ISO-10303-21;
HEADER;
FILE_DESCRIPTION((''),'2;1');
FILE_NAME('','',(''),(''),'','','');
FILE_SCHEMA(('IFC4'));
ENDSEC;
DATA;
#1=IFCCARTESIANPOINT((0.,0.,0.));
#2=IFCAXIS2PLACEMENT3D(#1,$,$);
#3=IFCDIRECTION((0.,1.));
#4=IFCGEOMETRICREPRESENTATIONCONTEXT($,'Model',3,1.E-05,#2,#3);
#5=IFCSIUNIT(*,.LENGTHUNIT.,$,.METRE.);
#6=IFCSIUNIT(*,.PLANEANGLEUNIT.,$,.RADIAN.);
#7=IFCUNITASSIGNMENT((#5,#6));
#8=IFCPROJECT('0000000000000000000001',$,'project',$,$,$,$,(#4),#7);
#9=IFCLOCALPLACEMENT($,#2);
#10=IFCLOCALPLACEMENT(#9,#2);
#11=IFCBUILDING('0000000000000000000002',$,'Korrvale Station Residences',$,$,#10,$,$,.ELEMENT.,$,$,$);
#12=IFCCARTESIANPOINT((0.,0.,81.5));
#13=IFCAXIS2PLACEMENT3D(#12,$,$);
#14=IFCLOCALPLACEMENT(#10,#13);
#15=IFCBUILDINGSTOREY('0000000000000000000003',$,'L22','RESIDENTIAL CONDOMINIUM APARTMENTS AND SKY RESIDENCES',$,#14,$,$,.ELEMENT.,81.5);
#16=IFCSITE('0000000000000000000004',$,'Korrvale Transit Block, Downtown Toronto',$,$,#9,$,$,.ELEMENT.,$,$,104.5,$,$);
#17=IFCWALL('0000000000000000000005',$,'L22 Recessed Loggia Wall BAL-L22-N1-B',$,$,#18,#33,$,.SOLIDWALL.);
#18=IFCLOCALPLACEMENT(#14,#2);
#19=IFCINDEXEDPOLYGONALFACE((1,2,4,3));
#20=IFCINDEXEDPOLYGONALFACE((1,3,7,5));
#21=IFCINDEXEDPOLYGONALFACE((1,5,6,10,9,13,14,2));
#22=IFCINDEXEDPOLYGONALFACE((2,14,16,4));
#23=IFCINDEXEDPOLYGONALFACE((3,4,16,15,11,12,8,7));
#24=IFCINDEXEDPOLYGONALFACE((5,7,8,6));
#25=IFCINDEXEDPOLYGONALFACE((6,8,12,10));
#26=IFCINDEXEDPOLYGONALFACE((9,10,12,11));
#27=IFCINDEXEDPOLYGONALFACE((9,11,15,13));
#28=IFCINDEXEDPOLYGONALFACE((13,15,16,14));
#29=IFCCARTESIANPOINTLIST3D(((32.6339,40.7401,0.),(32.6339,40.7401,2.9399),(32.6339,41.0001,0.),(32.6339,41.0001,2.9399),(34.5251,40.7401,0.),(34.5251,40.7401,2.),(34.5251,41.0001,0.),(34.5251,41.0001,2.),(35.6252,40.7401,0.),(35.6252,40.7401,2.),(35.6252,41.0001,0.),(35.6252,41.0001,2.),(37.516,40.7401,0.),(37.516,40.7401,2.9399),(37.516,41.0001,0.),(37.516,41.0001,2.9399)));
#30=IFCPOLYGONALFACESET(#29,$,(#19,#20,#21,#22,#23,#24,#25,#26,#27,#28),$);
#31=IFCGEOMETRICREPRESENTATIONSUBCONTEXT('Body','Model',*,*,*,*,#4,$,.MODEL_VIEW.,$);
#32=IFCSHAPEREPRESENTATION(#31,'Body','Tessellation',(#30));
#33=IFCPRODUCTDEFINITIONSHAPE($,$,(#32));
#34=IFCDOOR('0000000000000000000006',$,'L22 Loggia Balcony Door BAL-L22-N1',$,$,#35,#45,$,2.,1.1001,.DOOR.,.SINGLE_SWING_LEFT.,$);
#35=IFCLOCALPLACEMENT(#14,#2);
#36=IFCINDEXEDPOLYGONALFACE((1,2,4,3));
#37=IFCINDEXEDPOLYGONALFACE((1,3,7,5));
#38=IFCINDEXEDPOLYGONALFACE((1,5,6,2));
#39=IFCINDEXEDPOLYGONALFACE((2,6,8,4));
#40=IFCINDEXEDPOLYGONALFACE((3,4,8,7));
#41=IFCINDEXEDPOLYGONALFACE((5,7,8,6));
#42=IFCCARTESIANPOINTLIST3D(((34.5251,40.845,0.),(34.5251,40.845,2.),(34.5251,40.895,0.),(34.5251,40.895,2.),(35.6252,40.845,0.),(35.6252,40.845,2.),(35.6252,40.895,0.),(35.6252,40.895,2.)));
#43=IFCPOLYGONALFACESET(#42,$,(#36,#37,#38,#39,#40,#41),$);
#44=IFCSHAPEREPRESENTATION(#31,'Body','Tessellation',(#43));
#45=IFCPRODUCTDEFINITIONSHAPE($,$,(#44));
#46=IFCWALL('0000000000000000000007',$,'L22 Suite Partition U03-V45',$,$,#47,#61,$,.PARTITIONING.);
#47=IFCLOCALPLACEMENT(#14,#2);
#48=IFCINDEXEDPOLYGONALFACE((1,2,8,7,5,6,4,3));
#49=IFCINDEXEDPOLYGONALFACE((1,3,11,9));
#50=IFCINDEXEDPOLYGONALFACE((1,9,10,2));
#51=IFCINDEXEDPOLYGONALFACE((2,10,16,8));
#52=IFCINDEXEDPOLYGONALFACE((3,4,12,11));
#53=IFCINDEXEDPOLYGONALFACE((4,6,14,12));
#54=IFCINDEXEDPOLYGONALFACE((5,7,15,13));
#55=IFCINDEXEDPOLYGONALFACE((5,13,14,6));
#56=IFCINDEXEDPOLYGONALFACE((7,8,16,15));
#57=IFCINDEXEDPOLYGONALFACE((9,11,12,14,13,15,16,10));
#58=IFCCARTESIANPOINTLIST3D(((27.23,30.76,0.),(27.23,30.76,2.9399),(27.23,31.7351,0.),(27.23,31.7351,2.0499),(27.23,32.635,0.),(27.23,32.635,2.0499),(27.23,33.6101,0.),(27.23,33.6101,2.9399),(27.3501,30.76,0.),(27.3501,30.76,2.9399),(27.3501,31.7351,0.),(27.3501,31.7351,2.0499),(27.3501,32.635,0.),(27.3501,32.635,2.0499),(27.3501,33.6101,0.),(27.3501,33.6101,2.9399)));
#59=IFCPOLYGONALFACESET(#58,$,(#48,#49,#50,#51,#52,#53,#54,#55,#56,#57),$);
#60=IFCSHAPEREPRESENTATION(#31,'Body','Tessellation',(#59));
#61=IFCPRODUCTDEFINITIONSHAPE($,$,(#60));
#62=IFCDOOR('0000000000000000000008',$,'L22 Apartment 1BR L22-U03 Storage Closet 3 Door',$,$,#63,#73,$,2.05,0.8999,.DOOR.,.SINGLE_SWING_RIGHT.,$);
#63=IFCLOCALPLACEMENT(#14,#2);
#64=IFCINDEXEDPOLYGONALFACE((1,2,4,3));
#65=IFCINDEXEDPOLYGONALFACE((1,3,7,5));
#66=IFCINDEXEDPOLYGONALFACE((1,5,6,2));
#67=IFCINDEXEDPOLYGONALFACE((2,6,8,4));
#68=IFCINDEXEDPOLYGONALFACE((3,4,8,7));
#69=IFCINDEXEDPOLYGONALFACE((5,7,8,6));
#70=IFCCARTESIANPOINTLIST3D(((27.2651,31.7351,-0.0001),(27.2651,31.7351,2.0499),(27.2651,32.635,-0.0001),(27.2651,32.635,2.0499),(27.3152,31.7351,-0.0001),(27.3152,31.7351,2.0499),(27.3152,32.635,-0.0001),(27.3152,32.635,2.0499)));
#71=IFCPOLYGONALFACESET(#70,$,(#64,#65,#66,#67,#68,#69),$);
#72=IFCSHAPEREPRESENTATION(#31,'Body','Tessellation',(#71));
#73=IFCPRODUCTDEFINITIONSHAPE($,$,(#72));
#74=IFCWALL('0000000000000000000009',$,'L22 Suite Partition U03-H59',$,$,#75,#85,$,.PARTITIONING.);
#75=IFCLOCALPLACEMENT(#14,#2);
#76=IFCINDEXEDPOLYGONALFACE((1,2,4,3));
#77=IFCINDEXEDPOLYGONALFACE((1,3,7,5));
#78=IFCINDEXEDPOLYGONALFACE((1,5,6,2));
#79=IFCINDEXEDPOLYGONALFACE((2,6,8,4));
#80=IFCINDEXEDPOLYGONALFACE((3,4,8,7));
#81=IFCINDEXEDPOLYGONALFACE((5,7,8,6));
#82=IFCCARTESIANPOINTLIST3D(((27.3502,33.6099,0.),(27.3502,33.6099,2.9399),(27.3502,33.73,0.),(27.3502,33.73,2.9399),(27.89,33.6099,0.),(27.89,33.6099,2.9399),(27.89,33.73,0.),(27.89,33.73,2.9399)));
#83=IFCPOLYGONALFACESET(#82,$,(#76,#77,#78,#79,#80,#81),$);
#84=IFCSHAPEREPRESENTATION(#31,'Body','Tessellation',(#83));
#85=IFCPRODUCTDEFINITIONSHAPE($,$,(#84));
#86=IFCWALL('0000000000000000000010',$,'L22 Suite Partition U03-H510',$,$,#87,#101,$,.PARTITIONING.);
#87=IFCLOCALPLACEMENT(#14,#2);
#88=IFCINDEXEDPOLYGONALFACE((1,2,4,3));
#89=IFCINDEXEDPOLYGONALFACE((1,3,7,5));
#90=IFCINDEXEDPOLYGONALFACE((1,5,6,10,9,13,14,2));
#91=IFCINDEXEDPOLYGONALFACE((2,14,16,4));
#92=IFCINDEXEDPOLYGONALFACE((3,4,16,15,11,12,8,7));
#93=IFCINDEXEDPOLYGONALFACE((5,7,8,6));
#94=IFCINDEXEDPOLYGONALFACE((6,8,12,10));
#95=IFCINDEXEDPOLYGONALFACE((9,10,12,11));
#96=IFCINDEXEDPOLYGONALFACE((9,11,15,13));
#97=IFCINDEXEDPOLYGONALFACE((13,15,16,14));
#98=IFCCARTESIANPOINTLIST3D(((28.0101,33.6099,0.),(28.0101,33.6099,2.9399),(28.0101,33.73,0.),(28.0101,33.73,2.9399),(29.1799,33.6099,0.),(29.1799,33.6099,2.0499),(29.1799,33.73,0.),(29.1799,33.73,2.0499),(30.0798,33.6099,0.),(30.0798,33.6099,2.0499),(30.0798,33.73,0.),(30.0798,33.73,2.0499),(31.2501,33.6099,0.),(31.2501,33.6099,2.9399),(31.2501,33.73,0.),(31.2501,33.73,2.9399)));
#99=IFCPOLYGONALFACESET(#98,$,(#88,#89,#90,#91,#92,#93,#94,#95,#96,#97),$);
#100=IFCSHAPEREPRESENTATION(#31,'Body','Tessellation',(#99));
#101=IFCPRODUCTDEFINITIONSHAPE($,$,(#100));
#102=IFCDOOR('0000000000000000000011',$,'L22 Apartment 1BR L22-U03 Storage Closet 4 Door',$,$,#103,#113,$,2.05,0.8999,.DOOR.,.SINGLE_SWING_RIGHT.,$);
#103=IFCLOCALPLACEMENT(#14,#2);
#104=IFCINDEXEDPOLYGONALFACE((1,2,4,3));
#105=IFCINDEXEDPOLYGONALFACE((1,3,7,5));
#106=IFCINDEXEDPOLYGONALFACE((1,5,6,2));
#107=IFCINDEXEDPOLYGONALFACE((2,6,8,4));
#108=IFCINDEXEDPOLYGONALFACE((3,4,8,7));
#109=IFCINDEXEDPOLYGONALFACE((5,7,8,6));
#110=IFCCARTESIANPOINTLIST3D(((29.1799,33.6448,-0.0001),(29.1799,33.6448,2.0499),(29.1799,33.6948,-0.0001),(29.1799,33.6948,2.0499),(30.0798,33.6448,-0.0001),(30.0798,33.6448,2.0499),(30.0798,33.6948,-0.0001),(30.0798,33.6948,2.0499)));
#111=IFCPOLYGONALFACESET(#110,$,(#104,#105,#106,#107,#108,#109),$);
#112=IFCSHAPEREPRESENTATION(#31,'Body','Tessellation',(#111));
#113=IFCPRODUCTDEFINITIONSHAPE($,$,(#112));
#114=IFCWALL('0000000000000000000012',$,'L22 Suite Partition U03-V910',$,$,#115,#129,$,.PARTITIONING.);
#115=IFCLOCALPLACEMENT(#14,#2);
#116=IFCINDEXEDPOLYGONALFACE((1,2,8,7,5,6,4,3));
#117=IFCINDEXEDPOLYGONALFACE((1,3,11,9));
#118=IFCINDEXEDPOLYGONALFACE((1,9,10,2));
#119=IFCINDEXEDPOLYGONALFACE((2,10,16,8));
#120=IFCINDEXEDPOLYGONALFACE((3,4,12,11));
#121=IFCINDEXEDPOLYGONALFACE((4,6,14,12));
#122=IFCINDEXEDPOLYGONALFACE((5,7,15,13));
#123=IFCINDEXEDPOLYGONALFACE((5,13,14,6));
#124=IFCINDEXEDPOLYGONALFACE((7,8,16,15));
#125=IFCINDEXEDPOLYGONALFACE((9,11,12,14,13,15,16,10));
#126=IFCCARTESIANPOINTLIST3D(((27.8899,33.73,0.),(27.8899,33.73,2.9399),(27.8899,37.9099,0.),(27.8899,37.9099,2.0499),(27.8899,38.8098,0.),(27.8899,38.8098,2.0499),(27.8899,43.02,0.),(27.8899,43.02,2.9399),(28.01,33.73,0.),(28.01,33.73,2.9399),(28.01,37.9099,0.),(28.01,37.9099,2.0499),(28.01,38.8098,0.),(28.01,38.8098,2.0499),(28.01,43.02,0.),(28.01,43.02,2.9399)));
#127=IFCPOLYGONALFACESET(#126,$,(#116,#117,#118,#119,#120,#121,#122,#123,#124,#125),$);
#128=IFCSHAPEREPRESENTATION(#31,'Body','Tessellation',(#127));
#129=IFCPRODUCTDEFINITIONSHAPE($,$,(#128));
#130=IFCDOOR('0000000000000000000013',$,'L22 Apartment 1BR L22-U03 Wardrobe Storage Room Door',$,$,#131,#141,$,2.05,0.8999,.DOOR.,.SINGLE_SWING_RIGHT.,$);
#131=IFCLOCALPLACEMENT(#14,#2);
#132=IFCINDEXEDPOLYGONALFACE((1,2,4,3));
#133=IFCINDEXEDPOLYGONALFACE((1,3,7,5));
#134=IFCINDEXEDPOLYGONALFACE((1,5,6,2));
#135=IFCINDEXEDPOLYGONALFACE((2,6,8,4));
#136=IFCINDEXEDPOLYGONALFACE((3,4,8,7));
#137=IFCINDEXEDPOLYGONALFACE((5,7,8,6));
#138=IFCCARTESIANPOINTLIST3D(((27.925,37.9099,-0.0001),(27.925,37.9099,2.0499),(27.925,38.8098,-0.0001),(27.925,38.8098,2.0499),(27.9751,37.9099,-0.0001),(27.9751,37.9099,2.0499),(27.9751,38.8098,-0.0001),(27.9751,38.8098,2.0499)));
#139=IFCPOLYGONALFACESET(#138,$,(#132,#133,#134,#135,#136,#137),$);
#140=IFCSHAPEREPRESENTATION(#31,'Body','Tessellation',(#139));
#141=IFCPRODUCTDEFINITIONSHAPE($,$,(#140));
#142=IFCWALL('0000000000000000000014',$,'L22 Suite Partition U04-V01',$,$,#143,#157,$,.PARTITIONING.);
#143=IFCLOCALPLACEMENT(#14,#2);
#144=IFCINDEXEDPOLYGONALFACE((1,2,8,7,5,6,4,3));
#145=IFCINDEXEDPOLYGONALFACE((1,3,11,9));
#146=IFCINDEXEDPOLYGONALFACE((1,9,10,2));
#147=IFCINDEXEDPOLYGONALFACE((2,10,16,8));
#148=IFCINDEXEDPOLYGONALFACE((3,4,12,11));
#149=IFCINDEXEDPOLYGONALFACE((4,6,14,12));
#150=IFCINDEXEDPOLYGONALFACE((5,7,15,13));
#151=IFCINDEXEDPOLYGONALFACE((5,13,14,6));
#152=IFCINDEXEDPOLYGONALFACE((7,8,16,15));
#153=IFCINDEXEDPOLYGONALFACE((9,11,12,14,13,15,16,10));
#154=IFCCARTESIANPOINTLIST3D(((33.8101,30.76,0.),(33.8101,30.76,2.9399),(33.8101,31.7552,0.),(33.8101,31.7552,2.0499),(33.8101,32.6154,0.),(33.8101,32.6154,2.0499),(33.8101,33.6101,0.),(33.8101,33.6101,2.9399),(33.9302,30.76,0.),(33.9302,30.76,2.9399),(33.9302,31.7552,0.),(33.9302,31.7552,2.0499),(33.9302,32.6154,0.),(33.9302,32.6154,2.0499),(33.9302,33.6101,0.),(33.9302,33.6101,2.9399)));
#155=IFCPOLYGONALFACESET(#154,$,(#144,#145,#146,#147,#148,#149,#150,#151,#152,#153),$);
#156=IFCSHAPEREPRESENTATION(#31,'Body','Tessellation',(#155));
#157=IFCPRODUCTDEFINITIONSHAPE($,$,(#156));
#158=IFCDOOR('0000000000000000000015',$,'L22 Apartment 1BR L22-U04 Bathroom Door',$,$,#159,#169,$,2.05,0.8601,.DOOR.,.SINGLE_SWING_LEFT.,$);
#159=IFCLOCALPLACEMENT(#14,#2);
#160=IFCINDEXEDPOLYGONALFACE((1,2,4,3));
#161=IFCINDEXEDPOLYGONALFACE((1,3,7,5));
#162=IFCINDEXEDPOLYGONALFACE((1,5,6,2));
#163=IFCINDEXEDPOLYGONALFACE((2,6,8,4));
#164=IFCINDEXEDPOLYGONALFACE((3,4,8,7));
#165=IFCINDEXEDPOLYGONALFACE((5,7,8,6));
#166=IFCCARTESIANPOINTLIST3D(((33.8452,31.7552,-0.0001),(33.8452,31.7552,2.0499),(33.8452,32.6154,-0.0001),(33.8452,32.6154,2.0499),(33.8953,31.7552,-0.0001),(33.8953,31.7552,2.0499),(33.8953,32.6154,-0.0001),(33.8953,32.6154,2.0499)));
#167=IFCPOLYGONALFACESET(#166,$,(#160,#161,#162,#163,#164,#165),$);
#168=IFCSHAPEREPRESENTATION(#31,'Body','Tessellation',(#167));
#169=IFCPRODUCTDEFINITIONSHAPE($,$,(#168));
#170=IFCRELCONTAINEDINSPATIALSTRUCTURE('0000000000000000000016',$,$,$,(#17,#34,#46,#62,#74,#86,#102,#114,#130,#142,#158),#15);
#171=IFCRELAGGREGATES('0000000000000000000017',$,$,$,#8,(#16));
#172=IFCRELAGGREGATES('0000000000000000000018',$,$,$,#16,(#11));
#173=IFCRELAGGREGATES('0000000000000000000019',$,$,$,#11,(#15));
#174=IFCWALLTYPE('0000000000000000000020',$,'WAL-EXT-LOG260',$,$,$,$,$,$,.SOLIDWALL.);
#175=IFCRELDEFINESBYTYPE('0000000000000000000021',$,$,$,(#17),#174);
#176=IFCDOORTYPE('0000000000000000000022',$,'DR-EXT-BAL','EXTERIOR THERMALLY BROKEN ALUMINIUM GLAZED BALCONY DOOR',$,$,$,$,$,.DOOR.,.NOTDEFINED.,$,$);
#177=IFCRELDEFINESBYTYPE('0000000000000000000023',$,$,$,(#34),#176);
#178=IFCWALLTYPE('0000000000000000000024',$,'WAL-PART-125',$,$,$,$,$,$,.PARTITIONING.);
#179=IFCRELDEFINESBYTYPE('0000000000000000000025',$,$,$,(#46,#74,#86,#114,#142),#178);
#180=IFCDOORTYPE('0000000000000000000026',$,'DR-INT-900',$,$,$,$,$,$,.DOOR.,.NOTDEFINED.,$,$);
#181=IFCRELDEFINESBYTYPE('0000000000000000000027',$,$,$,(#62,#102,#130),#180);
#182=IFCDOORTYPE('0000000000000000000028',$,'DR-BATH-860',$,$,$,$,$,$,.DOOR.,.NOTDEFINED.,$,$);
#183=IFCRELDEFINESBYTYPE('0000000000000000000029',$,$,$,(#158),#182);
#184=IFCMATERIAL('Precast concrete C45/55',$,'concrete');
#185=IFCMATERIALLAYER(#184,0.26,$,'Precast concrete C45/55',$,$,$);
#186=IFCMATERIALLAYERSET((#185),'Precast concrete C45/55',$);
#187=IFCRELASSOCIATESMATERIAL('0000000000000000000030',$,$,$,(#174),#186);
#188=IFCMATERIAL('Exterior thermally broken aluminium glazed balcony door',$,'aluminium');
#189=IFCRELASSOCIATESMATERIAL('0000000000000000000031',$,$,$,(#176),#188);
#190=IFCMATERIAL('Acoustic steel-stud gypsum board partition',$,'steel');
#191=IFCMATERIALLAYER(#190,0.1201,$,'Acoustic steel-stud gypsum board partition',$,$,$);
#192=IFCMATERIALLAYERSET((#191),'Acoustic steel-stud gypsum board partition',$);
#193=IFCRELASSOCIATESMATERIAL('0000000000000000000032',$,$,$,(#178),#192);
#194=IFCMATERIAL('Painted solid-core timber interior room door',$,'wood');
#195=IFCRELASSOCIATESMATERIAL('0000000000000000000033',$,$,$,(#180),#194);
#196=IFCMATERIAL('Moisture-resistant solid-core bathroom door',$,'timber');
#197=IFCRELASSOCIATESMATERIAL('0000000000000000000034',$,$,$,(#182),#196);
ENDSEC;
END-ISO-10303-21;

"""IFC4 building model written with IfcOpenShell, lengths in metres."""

from ifc_helpers import new_model, si_unit, direction, frame, frame_2d, origin, place, context, subcontext, project, spatial, rectangle, extrude, material, layer, layer_set, type_object, element, fill, save


model = new_model("IFC4")

# Units and contexts
model_context = context("Model", 3, precision=1e-05, world=origin(), true_north=direction((0.0, 1.0)))
body_context = subcontext(model_context, "Body", "Model", "MODEL_VIEW")
ifc_project = project(units=[si_unit("LENGTHUNIT", "METRE"), si_unit("PLANEANGLEUNIT", "RADIAN")], contexts=[model_context])

# Site, building, storey
site_placement = place(None, origin())
site = spatial("IfcSite", under=ifc_project, at=site_placement, Name="Korrvale Transit Block, Downtown Toronto", CompositionType="ELEMENT", RefElevation=104.5)
building_placement = place(site_placement, origin())
building = spatial("IfcBuilding", under=site, at=building_placement, Name="Korrvale Station Residences", CompositionType="ELEMENT")
storey_placement = place(building_placement, frame((0.0, 0.0, 81.5)))
storey = spatial("IfcBuildingStorey", under=building, at=storey_placement, Name="L22", Description="RESIDENTIAL CONDOMINIUM APARTMENTS AND SKY RESIDENCES", CompositionType="ELEMENT", Elevation=81.5)

# Shared definitions
ifc_material_1 = material(Name="Precast concrete C45/55", Category="concrete")
ifc_layer_1 = layer(ifc_material_1, 0.26, Name="Precast concrete C45/55")
ifc_layer_set_1 = layer_set([ifc_layer_1], Name="Precast concrete C45/55")
wall_type_1 = type_object("IfcWallType", Name="WAL-EXT-LOG260", PredefinedType="SOLIDWALL", material=ifc_layer_set_1)

# Walls, openings, doors
wall_1_placement = place(storey_placement, frame((32.634, 40.8701, 0.0), z_axis=(0.0, 0.0, 1.0), x_axis=(1.0, 0.0, 0.0)))
wall_1 = element("IfcWall", 1, at=wall_1_placement, inside=storey, type_object=wall_type_1, Name="L22 Recessed Loggia Wall BAL-L22-N1-B", PredefinedType="SOLIDWALL", context=body_context, shape_type="SweptSolid", body=[
    extrude(rectangle(XDim=4.8821, YDim=0.26, at=frame_2d((2.4409, 0.0))), origin(), (0.0, 0.0, 1.0), 2.9399),
])
opening_1_placement = place(wall_1_placement, frame((1.8911, 0.0, 0.0)))
opening_1 = element("IfcOpeningElement", 2, at=opening_1_placement, cuts=wall_1, PredefinedType="OPENING", context=body_context, shape_type="SweptSolid", body=[
    extrude(rectangle(XDim=1.1001, YDim=2.0, at=frame_2d((0.55, 1.0))), frame((0.0, 0.1401, 0.0), z_axis=(0.0, -1.0, 0.0), x_axis=(1.0, 0.0, 0.0)), (0.0, 0.0, 1.0), 0.28),
])
ifc_material_2 = material(Name="Exterior thermally broken aluminium glazed balcony door", Category="aluminium")
door_type_1 = type_object("IfcDoorType", Name="DR-EXT-BAL", Description="EXTERIOR THERMALLY BROKEN ALUMINIUM GLAZED BALCONY DOOR", OperationType="NOTDEFINED", PredefinedType="DOOR", material=ifc_material_2)
door_1_placement = place(opening_1_placement, origin())
door_1 = element("IfcDoor", 3, at=door_1_placement, inside=storey, type_object=door_type_1, Name="L22 Loggia Balcony Door BAL-L22-N1", OperationType="SINGLE_SWING_LEFT", OverallHeight=2.0, OverallWidth=1.1001, PredefinedType="DOOR", context=body_context, shape_type="SweptSolid", body=[
    extrude(rectangle(XDim=1.1001, YDim=2.0, at=frame_2d((0.55, 1.0))), frame((0.0, 0.0249, 0.0), z_axis=(0.0, -1.0, 0.0), x_axis=(1.0, 0.0, 0.0)), (0.0, 0.0, 1.0), 0.05),
])
fill(opening_1, door_1)
ifc_material_3 = material(Name="Acoustic steel-stud gypsum board partition", Category="steel")
ifc_layer_2 = layer(ifc_material_3, 0.1201, Name="Acoustic steel-stud gypsum board partition")
ifc_layer_set_2 = layer_set([ifc_layer_2], Name="Acoustic steel-stud gypsum board partition")
wall_type_2 = type_object("IfcWallType", Name="WAL-PART-125", PredefinedType="PARTITIONING", material=ifc_layer_set_2)
wall_2_placement = place(storey_placement, frame((27.29, 30.76, 0.0), z_axis=(0.0, 0.0, 1.0), x_axis=(0.0, 1.0, 0.0)))
wall_2 = element("IfcWall", 4, at=wall_2_placement, inside=storey, type_object=wall_type_2, Name="L22 Suite Partition U03-V45", PredefinedType="PARTITIONING", context=body_context, shape_type="SweptSolid", body=[
    extrude(rectangle(XDim=2.8501, YDim=0.1201, at=frame_2d((1.425, 0.0))), origin(), (0.0, 0.0, 1.0), 2.9399),
])
opening_2_placement = place(wall_2_placement, frame((0.9751, 0.0, 0.0)))
opening_2 = element("IfcOpeningElement", 5, at=opening_2_placement, cuts=wall_2, PredefinedType="OPENING", context=body_context, shape_type="SweptSolid", body=[
    extrude(rectangle(XDim=0.8999, YDim=2.05, at=frame_2d((0.45, 1.0249))), frame((0.0, 0.0701, 0.0), z_axis=(0.0, -1.0, 0.0), x_axis=(1.0, 0.0, 0.0)), (0.0, 0.0, 1.0), 0.1401),
])
ifc_material_4 = material(Name="Painted solid-core timber interior room door", Category="wood")
door_type_2 = type_object("IfcDoorType", Name="DR-INT-900", OperationType="NOTDEFINED", PredefinedType="DOOR", material=ifc_material_4)
door_2_placement = place(opening_2_placement, origin())
door_2 = element("IfcDoor", 6, at=door_2_placement, inside=storey, type_object=door_type_2, Name="L22 Apartment 1BR L22-U03 Storage Closet 3 Door", OperationType="SINGLE_SWING_RIGHT", OverallHeight=2.05, OverallWidth=0.8999, PredefinedType="DOOR", context=body_context, shape_type="SweptSolid", body=[
    extrude(rectangle(XDim=0.8999, YDim=2.05, at=frame_2d((0.45, 1.0249))), frame((0.0, 0.0249, 0.0), z_axis=(0.0, -1.0, 0.0), x_axis=(1.0, 0.0, 0.0)), (0.0, 0.0, 1.0), 0.05),
])
fill(opening_2, door_2)

# Wall
wall_3_placement = place(storey_placement, frame((27.3501, 33.6699, 0.0), z_axis=(0.0, 0.0, 1.0), x_axis=(1.0, 0.0, 0.0)))
element("IfcWall", 7, at=wall_3_placement, inside=storey, type_object=wall_type_2, Name="L22 Suite Partition U03-H59", PredefinedType="PARTITIONING", context=body_context, shape_type="SweptSolid", body=[
    extrude(rectangle(XDim=0.5398, YDim=0.1201, at=frame_2d((0.27, 0.0))), origin(), (0.0, 0.0, 1.0), 2.9399),
])

# Walls, openings, doors
wall_4_placement = place(storey_placement, frame((28.01, 33.6699, 0.0), z_axis=(0.0, 0.0, 1.0), x_axis=(1.0, 0.0, 0.0)))
wall_4 = element("IfcWall", 8, at=wall_4_placement, inside=storey, type_object=wall_type_2, Name="L22 Suite Partition U03-H510", PredefinedType="PARTITIONING", context=body_context, shape_type="SweptSolid", body=[
    extrude(rectangle(XDim=3.24, YDim=0.1201, at=frame_2d((1.6201, 0.0))), origin(), (0.0, 0.0, 1.0), 2.9399),
])
opening_3_placement = place(wall_4_placement, frame((1.1699, 0.0, 0.0)))
opening_3 = element("IfcOpeningElement", 9, at=opening_3_placement, cuts=wall_4, PredefinedType="OPENING", context=body_context, shape_type="SweptSolid", body=[
    extrude(rectangle(XDim=0.8999, YDim=2.05, at=frame_2d((0.45, 1.0249))), frame((0.0, 0.0701, 0.0), z_axis=(0.0, -1.0, 0.0), x_axis=(1.0, 0.0, 0.0)), (0.0, 0.0, 1.0), 0.1401),
])
door_3_placement = place(opening_3_placement, origin())
door_3 = element("IfcDoor", 10, at=door_3_placement, inside=storey, type_object=door_type_2, Name="L22 Apartment 1BR L22-U03 Storage Closet 4 Door", OperationType="SINGLE_SWING_RIGHT", OverallHeight=2.05, OverallWidth=0.8999, PredefinedType="DOOR", context=body_context, shape_type="SweptSolid", body=[
    extrude(rectangle(XDim=0.8999, YDim=2.05, at=frame_2d((0.45, 1.0249))), frame((0.0, 0.0249, 0.0), z_axis=(0.0, -1.0, 0.0), x_axis=(1.0, 0.0, 0.0)), (0.0, 0.0, 1.0), 0.05),
])
fill(opening_3, door_3)
wall_5_placement = place(storey_placement, frame((27.95, 33.73, 0.0), z_axis=(0.0, 0.0, 1.0), x_axis=(0.0, 1.0, 0.0)))
wall_5 = element("IfcWall", 11, at=wall_5_placement, inside=storey, type_object=wall_type_2, Name="L22 Suite Partition U03-V910", PredefinedType="PARTITIONING", context=body_context, shape_type="SweptSolid", body=[
    extrude(rectangle(XDim=9.29, YDim=0.1201, at=frame_2d((4.645, 0.0))), origin(), (0.0, 0.0, 1.0), 2.9399),
])
opening_4_placement = place(wall_5_placement, frame((4.1799, 0.0, 0.0)))
opening_4 = element("IfcOpeningElement", 12, at=opening_4_placement, cuts=wall_5, PredefinedType="OPENING", context=body_context, shape_type="SweptSolid", body=[
    extrude(rectangle(XDim=0.8999, YDim=2.05, at=frame_2d((0.45, 1.0249))), frame((0.0, 0.0701, 0.0), z_axis=(0.0, -1.0, 0.0), x_axis=(1.0, 0.0, 0.0)), (0.0, 0.0, 1.0), 0.1401),
])
door_4_placement = place(opening_4_placement, origin())
door_4 = element("IfcDoor", 13, at=door_4_placement, inside=storey, type_object=door_type_2, Name="L22 Apartment 1BR L22-U03 Wardrobe Storage Room Door", OperationType="SINGLE_SWING_RIGHT", OverallHeight=2.05, OverallWidth=0.8999, PredefinedType="DOOR", context=body_context, shape_type="SweptSolid", body=[
    extrude(rectangle(XDim=0.8999, YDim=2.05, at=frame_2d((0.45, 1.0249))), frame((0.0, 0.0249, 0.0), z_axis=(0.0, -1.0, 0.0), x_axis=(1.0, 0.0, 0.0)), (0.0, 0.0, 1.0), 0.05),
])
fill(opening_4, door_4)
wall_6_placement = place(storey_placement, frame((33.8701, 30.76, 0.0), z_axis=(0.0, 0.0, 1.0), x_axis=(0.0, 1.0, 0.0)))
wall_6 = element("IfcWall", 14, at=wall_6_placement, inside=storey, type_object=wall_type_2, Name="L22 Suite Partition U04-V01", PredefinedType="PARTITIONING", context=body_context, shape_type="SweptSolid", body=[
    extrude(rectangle(XDim=2.8501, YDim=0.1201, at=frame_2d((1.425, 0.0))), origin(), (0.0, 0.0, 1.0), 2.9399),
])
opening_5_placement = place(wall_6_placement, frame((0.9951, 0.0, 0.0)))
opening_5 = element("IfcOpeningElement", 15, at=opening_5_placement, cuts=wall_6, PredefinedType="OPENING", context=body_context, shape_type="SweptSolid", body=[
    extrude(rectangle(XDim=0.8601, YDim=2.05, at=frame_2d((0.4302, 1.0249))), frame((0.0, 0.0701, 0.0), z_axis=(0.0, -1.0, 0.0), x_axis=(1.0, 0.0, 0.0)), (0.0, 0.0, 1.0), 0.1401),
])
ifc_material_5 = material(Name="Moisture-resistant solid-core bathroom door", Category="timber")
door_type_3 = type_object("IfcDoorType", Name="DR-BATH-860", OperationType="NOTDEFINED", PredefinedType="DOOR", material=ifc_material_5)
door_5_placement = place(opening_5_placement, origin())
door_5 = element("IfcDoor", 16, at=door_5_placement, inside=storey, type_object=door_type_3, Name="L22 Apartment 1BR L22-U04 Bathroom Door", OperationType="SINGLE_SWING_LEFT", OverallHeight=2.05, OverallWidth=0.8601, PredefinedType="DOOR", context=body_context, shape_type="SweptSolid", body=[
    extrude(rectangle(XDim=0.8601, YDim=2.05, at=frame_2d((0.4302, 1.0249))), frame((0.0, 0.0249, 0.0), z_axis=(0.0, -1.0, 0.0), x_axis=(1.0, 0.0, 0.0)), (0.0, 0.0, 1.0), 0.05),
])
fill(opening_5, door_5)

save(model, "model.ifc")
